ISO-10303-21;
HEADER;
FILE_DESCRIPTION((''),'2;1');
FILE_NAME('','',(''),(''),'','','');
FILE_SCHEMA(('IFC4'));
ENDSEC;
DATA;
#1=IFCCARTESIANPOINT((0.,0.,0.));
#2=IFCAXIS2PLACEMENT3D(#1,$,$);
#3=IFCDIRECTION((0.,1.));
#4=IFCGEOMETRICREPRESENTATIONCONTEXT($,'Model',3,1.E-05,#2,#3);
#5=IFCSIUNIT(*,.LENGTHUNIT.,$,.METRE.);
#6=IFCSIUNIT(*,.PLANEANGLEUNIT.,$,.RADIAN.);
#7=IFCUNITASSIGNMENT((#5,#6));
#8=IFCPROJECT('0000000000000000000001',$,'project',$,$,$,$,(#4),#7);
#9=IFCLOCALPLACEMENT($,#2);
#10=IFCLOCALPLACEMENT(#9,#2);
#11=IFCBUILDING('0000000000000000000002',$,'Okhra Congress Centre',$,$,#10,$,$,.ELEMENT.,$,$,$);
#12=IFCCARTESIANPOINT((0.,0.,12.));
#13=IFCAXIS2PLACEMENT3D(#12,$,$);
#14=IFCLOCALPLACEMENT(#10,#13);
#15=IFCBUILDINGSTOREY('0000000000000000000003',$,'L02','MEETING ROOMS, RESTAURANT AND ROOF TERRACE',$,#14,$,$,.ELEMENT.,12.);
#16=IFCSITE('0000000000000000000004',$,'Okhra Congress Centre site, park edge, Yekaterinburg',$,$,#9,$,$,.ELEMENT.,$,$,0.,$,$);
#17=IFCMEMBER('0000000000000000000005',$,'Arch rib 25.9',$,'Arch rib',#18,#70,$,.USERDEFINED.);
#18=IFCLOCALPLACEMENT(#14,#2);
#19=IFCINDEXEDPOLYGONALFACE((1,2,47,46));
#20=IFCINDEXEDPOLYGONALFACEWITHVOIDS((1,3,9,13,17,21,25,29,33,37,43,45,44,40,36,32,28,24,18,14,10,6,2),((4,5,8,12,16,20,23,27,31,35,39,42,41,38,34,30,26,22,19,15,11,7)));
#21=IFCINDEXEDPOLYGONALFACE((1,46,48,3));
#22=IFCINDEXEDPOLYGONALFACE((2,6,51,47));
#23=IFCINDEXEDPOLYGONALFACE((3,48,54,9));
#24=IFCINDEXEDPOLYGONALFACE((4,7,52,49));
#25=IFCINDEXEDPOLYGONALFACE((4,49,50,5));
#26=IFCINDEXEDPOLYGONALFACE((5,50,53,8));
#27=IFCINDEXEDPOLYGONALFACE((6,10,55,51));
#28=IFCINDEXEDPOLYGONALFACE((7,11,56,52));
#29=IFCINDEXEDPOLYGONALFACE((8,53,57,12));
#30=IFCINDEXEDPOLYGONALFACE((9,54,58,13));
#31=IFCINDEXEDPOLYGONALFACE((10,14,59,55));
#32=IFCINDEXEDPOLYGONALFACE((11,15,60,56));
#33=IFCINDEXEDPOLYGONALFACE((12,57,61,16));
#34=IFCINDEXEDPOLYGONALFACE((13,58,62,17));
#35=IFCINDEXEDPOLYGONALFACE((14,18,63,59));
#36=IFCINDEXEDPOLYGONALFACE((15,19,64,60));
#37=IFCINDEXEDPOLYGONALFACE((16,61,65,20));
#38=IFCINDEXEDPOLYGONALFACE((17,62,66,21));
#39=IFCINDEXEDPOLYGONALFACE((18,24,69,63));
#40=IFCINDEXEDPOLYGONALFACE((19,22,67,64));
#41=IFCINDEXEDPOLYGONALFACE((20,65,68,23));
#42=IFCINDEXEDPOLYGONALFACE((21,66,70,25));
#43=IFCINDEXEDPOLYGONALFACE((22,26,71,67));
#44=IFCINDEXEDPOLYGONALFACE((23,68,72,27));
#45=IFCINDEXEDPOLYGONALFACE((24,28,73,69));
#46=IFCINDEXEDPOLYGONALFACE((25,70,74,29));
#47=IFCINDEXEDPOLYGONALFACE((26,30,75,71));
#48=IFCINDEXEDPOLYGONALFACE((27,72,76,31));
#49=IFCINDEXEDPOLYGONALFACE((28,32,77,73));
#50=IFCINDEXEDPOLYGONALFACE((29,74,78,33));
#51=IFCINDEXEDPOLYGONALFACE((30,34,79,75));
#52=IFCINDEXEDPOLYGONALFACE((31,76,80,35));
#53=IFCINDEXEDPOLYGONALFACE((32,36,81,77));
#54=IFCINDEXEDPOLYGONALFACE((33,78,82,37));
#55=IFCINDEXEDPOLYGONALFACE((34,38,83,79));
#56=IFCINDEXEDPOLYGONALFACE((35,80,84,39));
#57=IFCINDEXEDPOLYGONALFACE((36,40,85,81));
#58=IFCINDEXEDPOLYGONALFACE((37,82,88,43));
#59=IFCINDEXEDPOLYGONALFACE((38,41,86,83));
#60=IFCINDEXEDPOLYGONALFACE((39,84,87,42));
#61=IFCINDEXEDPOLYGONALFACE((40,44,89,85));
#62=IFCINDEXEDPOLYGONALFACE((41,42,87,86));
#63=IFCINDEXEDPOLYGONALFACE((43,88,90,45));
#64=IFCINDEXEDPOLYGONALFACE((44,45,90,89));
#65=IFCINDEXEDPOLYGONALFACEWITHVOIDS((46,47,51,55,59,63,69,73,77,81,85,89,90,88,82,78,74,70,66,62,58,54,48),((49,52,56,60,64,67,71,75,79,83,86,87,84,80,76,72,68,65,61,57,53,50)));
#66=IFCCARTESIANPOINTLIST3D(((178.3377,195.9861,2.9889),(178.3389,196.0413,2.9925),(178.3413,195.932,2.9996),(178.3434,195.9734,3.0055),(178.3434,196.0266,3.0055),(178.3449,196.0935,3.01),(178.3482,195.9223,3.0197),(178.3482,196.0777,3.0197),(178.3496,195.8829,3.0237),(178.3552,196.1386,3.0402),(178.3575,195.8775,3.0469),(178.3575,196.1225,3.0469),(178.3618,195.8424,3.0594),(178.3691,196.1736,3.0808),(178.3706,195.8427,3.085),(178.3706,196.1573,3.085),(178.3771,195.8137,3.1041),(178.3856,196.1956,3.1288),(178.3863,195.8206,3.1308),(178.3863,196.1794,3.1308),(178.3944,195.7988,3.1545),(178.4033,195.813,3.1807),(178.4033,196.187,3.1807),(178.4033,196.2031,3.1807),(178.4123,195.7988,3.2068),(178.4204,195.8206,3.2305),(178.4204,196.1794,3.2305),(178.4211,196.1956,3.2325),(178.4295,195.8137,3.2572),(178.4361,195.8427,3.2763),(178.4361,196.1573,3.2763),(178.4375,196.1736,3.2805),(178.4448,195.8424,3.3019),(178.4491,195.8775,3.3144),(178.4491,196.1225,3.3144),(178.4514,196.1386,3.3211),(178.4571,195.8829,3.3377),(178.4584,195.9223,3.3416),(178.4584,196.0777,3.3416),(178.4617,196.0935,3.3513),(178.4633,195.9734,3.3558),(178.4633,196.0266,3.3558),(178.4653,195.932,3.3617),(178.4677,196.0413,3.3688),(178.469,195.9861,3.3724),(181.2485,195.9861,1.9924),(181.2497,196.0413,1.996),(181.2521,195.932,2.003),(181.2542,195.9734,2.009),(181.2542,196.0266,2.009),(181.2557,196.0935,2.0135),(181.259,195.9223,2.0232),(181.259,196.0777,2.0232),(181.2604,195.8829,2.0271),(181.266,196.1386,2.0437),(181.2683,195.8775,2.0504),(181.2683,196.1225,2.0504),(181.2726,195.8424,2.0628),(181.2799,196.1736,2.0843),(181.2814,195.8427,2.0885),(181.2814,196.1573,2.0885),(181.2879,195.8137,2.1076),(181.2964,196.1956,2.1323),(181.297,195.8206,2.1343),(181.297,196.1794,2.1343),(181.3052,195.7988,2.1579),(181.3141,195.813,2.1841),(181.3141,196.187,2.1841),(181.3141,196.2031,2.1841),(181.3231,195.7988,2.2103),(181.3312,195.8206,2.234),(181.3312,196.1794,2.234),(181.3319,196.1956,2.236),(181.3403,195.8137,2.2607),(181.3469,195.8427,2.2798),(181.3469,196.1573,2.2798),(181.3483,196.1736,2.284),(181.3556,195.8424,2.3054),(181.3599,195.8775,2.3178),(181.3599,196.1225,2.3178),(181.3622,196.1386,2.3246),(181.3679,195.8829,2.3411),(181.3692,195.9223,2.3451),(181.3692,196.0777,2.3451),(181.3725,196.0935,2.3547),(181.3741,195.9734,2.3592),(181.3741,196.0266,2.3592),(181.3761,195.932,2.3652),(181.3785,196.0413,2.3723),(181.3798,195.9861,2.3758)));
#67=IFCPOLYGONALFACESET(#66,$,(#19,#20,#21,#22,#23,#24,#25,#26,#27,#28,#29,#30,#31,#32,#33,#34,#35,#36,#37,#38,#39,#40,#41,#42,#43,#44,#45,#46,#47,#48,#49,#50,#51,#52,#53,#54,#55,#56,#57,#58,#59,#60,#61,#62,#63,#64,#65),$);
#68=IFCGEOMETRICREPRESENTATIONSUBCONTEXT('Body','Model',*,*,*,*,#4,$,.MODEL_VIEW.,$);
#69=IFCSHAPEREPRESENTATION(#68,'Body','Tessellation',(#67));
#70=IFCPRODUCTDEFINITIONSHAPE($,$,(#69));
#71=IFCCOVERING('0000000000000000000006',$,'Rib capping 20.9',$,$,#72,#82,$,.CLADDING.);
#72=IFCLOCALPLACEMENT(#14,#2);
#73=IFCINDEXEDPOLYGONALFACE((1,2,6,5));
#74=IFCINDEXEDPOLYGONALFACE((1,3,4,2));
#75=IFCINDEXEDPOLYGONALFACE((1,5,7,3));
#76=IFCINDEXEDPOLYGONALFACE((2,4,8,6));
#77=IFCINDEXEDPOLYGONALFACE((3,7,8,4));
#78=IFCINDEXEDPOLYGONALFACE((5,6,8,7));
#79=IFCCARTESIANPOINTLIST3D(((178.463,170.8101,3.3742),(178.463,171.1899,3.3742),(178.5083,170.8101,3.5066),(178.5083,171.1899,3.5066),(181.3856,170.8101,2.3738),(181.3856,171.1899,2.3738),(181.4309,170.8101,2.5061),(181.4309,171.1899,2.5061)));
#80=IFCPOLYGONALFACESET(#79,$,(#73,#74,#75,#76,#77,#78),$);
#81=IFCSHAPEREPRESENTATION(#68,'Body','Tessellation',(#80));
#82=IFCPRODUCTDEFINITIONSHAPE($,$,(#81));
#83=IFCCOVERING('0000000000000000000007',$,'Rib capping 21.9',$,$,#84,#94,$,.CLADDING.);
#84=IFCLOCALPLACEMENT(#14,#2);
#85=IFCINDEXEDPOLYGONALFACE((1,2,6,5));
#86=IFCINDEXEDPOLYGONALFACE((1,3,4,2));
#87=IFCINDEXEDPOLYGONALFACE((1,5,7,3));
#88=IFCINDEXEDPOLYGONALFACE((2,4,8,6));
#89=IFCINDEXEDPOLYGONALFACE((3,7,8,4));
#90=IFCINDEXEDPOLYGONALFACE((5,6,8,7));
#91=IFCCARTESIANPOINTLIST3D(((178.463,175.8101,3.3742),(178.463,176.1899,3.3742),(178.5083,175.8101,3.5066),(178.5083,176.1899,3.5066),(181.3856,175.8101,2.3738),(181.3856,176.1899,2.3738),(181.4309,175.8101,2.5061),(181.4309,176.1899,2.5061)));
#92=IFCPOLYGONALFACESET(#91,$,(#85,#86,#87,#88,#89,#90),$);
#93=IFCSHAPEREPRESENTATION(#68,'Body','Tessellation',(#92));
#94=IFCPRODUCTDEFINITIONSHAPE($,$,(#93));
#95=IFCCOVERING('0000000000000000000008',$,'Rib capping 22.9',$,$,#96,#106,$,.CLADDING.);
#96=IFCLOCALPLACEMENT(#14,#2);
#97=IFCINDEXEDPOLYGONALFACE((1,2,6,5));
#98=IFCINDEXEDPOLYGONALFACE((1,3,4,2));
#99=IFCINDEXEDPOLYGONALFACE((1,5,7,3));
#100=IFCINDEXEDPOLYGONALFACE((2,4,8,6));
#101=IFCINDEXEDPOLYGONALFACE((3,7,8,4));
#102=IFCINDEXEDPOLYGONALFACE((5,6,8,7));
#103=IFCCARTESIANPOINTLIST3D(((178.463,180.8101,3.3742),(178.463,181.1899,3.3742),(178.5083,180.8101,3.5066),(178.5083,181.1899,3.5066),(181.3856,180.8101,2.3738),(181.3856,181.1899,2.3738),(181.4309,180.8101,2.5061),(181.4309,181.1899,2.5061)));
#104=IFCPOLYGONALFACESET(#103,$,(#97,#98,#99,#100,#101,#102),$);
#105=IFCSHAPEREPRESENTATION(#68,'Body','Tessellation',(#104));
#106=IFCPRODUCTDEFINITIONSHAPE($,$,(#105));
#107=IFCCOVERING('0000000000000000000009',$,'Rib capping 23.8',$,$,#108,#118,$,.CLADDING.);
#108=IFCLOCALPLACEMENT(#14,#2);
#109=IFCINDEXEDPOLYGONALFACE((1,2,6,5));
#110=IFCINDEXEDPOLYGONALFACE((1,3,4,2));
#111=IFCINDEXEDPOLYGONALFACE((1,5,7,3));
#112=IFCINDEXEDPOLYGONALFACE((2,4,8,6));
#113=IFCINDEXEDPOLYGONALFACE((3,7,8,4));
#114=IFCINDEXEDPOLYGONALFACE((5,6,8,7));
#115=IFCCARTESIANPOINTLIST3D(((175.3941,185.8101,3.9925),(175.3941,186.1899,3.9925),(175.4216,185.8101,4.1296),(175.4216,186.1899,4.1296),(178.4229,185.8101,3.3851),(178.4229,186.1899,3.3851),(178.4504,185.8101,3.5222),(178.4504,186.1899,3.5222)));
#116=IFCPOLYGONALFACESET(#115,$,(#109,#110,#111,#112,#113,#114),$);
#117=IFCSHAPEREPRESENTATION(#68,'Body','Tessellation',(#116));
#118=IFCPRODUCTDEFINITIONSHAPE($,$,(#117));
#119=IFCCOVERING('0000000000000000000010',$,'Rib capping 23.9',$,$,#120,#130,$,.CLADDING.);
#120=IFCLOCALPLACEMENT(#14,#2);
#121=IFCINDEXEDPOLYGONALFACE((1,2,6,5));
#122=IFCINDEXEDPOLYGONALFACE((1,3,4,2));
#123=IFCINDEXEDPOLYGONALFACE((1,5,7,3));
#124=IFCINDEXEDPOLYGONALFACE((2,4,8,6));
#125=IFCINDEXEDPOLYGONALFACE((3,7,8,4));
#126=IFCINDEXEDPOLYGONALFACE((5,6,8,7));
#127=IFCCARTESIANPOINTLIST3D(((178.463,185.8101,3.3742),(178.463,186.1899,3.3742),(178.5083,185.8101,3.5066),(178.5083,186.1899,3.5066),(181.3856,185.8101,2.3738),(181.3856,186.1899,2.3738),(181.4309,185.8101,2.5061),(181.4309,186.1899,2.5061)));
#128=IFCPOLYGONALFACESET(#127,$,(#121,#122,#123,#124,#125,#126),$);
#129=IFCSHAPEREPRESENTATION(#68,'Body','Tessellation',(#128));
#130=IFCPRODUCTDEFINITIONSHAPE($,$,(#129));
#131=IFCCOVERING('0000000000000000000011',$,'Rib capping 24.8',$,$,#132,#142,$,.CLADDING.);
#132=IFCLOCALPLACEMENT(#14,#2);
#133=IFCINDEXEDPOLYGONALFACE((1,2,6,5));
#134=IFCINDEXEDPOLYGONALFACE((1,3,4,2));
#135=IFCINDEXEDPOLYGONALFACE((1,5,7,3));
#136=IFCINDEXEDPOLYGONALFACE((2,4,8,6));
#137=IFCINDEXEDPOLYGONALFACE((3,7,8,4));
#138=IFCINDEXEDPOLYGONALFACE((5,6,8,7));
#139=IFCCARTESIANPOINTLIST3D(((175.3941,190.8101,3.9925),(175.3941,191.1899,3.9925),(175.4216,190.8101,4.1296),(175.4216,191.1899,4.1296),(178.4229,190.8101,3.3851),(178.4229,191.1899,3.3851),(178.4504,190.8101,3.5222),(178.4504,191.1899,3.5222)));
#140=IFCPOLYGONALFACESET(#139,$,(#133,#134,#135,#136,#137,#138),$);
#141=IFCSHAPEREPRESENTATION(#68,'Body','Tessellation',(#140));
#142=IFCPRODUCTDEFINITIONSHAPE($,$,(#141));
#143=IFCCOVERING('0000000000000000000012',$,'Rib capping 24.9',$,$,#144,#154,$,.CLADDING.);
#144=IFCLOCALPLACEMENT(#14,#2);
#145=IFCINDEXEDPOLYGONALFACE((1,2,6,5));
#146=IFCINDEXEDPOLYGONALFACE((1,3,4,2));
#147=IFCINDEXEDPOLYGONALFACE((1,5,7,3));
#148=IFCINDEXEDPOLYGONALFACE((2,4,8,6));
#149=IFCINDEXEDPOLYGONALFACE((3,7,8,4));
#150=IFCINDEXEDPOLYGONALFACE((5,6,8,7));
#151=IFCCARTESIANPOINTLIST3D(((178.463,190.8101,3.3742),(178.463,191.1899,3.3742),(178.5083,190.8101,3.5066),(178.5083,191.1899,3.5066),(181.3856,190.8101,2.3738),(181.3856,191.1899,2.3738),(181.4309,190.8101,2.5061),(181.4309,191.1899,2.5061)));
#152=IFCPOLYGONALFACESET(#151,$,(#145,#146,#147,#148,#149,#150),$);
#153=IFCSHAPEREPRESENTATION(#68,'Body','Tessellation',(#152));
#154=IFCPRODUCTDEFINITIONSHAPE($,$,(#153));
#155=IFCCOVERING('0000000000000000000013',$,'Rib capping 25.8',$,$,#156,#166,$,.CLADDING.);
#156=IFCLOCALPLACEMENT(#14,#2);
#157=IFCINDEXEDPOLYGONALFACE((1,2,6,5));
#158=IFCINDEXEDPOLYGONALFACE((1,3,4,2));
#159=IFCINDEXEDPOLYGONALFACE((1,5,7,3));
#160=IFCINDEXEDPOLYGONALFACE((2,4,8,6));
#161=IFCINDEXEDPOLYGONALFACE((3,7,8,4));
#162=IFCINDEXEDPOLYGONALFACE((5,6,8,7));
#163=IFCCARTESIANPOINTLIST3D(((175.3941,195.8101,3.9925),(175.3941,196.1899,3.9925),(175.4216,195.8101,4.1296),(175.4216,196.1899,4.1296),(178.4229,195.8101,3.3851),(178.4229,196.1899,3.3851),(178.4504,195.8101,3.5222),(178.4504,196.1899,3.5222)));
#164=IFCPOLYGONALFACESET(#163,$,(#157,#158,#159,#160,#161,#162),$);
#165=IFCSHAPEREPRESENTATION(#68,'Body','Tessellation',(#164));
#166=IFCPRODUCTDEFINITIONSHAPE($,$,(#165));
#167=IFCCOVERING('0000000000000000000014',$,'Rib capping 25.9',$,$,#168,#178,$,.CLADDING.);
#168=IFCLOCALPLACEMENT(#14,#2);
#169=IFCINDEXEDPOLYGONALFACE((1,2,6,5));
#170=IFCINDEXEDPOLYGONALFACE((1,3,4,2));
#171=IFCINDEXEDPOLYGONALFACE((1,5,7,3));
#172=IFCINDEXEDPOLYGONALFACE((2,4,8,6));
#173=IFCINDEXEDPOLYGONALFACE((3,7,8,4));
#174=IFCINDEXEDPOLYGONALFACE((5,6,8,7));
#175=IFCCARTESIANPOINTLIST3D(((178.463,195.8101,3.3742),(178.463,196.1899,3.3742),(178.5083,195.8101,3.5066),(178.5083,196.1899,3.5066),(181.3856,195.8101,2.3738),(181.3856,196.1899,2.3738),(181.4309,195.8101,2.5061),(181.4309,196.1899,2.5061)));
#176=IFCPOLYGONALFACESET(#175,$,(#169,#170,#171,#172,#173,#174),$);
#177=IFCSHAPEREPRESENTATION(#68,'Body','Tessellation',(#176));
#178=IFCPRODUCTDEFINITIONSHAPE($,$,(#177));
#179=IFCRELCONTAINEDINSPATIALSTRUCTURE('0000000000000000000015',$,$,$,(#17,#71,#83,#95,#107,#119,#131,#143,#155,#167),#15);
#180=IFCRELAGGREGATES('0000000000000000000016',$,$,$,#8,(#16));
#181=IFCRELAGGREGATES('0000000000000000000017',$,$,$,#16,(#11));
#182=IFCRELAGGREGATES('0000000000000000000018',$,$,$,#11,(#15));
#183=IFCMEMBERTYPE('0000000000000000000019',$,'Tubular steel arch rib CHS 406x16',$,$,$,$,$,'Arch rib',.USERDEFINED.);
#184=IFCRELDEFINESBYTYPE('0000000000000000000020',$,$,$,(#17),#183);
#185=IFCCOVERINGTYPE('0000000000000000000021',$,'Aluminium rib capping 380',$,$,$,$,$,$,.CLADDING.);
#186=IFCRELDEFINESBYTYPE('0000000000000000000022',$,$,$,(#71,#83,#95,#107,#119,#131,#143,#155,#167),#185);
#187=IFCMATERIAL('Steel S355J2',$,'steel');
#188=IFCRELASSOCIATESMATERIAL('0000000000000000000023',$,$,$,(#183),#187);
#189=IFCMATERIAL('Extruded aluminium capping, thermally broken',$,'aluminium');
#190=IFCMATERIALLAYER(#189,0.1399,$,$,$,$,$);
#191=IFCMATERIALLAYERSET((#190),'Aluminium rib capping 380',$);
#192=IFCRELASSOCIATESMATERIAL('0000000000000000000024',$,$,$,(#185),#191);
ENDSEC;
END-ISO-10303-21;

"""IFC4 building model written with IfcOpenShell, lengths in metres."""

from ifc_helpers import new_model, si_unit, direction, frame, origin, origin_2d, place, context, subcontext, project, spatial, polyline, hollow_circle, outline, extrude, material, layer, layer_set, material_profile, profile_set, type_object, element, save


model = new_model("IFC4")

# Units and contexts
model_context = context("Model", 3, precision=1e-05, world=origin(), true_north=direction((0.0, 1.0)))
body_context = subcontext(model_context, "Body", "Model", "MODEL_VIEW")
ifc_project = project(units=[si_unit("LENGTHUNIT", "METRE"), si_unit("PLANEANGLEUNIT", "RADIAN")], contexts=[model_context])

# Site, building, storey
site_placement = place(None, origin())
site = spatial("IfcSite", under=ifc_project, at=site_placement, Name="Okhra Congress Centre site, park edge, Yekaterinburg", CompositionType="ELEMENT", RefElevation=0.0)
building_placement = place(site_placement, origin())
building = spatial("IfcBuilding", under=site, at=building_placement, Name="Okhra Congress Centre", CompositionType="ELEMENT")
storey_placement = place(building_placement, frame((0.0, 0.0, 12.0)))
storey = spatial("IfcBuildingStorey", under=building, at=storey_placement, Name="L02", Description="MEETING ROOMS, RESTAURANT AND ROOF TERRACE", CompositionType="ELEMENT", Elevation=12.0)

# Member
ifc_material_1 = material(Name="Steel S355J2", Category="steel")
ifc_material_profile_1 = material_profile(ifc_material_1, hollow_circle(Radius=0.2031, WallThickness=0.0161, at=origin_2d()), Name="CHS 406.4x16")
ifc_profile_set_1 = profile_set([ifc_material_profile_1], Name="Steel S355J2")
member_type_1 = type_object("IfcMemberType", Name="Tubular steel arch rib CHS 406x16", ElementType="Arch rib", PredefinedType="USERDEFINED", material=ifc_profile_set_1)
for number, where, z_axis, x_axis, name in (
    (1, (178.4033, 196.0, 3.1807), (0.946089, 0.0, -0.323906), (0.0, 1.0, 0.0), "Arch rib 25.9"),
):
    element("IfcMember", number, at=place(storey_placement, frame(where, z_axis=z_axis, x_axis=x_axis)), inside=storey, type_object=member_type_1, Name=name, ObjectType="Arch rib", PredefinedType="USERDEFINED", context=body_context, shape_type="SweptSolid", body=[
        extrude(hollow_circle(Radius=0.2031, WallThickness=0.0161, at=origin_2d()), origin(), (0.0, 0.0, 1.0), 3.0767),
    ])

# Coverings
ifc_material_2 = material(Name="Extruded aluminium capping, thermally broken", Category="aluminium")
ifc_layer = layer(ifc_material_2, 0.1399)
ifc_layer_set = layer_set([ifc_layer], Name="Aluminium rib capping 380")
covering_type = type_object("IfcCoveringType", Name="Aluminium rib capping 380", PredefinedType="CLADDING", material=ifc_layer_set)
for number, where, z_axis, x_axis, name in (
    (2, (178.5083, 170.8101, 3.5066), (0.323876, 0.0, 0.9461), (0.9461, 0.0, -0.323876), "Rib capping 20.9"),
    (3, (178.5083, 175.8101, 3.5066), (0.323876, 0.0, 0.9461), (0.9461, 0.0, -0.323876), "Rib capping 21.9"),
    (4, (178.5083, 180.8101, 3.5066), (0.323876, 0.0, 0.9461), (0.9461, 0.0, -0.323876), "Rib capping 22.9"),
):
    element("IfcCovering", number, at=place(storey_placement, frame(where, z_axis=z_axis, x_axis=x_axis)), inside=storey, type_object=covering_type, Name=name, PredefinedType="CLADDING", context=body_context, shape_type="SweptSolid", body=[
        extrude(outline(polyline([(0.0, 0.0), (3.0891, 0.0), (3.0891, 0.3799), (0.0, 0.3799), (0.0, 0.0)])), origin(), (0.0, 0.0, -1.0), 0.1399),
    ])
covering_1_placement = place(storey_placement, frame((175.4216, 185.8101, 4.1296), z_axis=(0.196633, 0.0, 0.980477), x_axis=(0.980477, 0.0, -0.196633)))
element("IfcCovering", 5, at=covering_1_placement, inside=storey, type_object=covering_type, Name="Rib capping 23.8", PredefinedType="CLADDING", context=body_context, shape_type="SweptSolid", body=[
    extrude(outline(polyline([(0.0, 0.0), (3.0891, 0.0), (3.0891, 0.3799), (0.0, 0.3799), (0.0, 0.0)])), origin(), (0.0, 0.0, -1.0), 0.1399),
])
covering_2_placement = place(storey_placement, frame((178.5083, 185.8101, 3.5066), z_axis=(0.323876, 0.0, 0.9461), x_axis=(0.9461, 0.0, -0.323876)))
element("IfcCovering", 6, at=covering_2_placement, inside=storey, type_object=covering_type, Name="Rib capping 23.9", PredefinedType="CLADDING", context=body_context, shape_type="SweptSolid", body=[
    extrude(outline(polyline([(0.0, 0.0), (3.0891, 0.0), (3.0891, 0.3799), (0.0, 0.3799), (0.0, 0.0)])), origin(), (0.0, 0.0, -1.0), 0.1399),
])
covering_3_placement = place(storey_placement, frame((175.4216, 190.8101, 4.1296), z_axis=(0.196633, 0.0, 0.980477), x_axis=(0.980477, 0.0, -0.196633)))
element("IfcCovering", 7, at=covering_3_placement, inside=storey, type_object=covering_type, Name="Rib capping 24.8", PredefinedType="CLADDING", context=body_context, shape_type="SweptSolid", body=[
    extrude(outline(polyline([(0.0, 0.0), (3.0891, 0.0), (3.0891, 0.3799), (0.0, 0.3799), (0.0, 0.0)])), origin(), (0.0, 0.0, -1.0), 0.1399),
])
covering_4_placement = place(storey_placement, frame((178.5083, 190.8101, 3.5066), z_axis=(0.323876, 0.0, 0.9461), x_axis=(0.9461, 0.0, -0.323876)))
element("IfcCovering", 8, at=covering_4_placement, inside=storey, type_object=covering_type, Name="Rib capping 24.9", PredefinedType="CLADDING", context=body_context, shape_type="SweptSolid", body=[
    extrude(outline(polyline([(0.0, 0.0), (3.0891, 0.0), (3.0891, 0.3799), (0.0, 0.3799), (0.0, 0.0)])), origin(), (0.0, 0.0, -1.0), 0.1399),
])
covering_5_placement = place(storey_placement, frame((175.4216, 195.8101, 4.1296), z_axis=(0.196633, 0.0, 0.980477), x_axis=(0.980477, 0.0, -0.196633)))
element("IfcCovering", 9, at=covering_5_placement, inside=storey, type_object=covering_type, Name="Rib capping 25.8", PredefinedType="CLADDING", context=body_context, shape_type="SweptSolid", body=[
    extrude(outline(polyline([(0.0, 0.0), (3.0891, 0.0), (3.0891, 0.3799), (0.0, 0.3799), (0.0, 0.0)])), origin(), (0.0, 0.0, -1.0), 0.1399),
])
covering_6_placement = place(storey_placement, frame((178.5083, 195.8101, 3.5066), z_axis=(0.323876, 0.0, 0.9461), x_axis=(0.9461, 0.0, -0.323876)))
element("IfcCovering", 10, at=covering_6_placement, inside=storey, type_object=covering_type, Name="Rib capping 25.9", PredefinedType="CLADDING", context=body_context, shape_type="SweptSolid", body=[
    extrude(outline(polyline([(0.0, 0.0), (3.0891, 0.0), (3.0891, 0.3799), (0.0, 0.3799), (0.0, 0.0)])), origin(), (0.0, 0.0, -1.0), 0.1399),
])

save(model, "model.ifc")
